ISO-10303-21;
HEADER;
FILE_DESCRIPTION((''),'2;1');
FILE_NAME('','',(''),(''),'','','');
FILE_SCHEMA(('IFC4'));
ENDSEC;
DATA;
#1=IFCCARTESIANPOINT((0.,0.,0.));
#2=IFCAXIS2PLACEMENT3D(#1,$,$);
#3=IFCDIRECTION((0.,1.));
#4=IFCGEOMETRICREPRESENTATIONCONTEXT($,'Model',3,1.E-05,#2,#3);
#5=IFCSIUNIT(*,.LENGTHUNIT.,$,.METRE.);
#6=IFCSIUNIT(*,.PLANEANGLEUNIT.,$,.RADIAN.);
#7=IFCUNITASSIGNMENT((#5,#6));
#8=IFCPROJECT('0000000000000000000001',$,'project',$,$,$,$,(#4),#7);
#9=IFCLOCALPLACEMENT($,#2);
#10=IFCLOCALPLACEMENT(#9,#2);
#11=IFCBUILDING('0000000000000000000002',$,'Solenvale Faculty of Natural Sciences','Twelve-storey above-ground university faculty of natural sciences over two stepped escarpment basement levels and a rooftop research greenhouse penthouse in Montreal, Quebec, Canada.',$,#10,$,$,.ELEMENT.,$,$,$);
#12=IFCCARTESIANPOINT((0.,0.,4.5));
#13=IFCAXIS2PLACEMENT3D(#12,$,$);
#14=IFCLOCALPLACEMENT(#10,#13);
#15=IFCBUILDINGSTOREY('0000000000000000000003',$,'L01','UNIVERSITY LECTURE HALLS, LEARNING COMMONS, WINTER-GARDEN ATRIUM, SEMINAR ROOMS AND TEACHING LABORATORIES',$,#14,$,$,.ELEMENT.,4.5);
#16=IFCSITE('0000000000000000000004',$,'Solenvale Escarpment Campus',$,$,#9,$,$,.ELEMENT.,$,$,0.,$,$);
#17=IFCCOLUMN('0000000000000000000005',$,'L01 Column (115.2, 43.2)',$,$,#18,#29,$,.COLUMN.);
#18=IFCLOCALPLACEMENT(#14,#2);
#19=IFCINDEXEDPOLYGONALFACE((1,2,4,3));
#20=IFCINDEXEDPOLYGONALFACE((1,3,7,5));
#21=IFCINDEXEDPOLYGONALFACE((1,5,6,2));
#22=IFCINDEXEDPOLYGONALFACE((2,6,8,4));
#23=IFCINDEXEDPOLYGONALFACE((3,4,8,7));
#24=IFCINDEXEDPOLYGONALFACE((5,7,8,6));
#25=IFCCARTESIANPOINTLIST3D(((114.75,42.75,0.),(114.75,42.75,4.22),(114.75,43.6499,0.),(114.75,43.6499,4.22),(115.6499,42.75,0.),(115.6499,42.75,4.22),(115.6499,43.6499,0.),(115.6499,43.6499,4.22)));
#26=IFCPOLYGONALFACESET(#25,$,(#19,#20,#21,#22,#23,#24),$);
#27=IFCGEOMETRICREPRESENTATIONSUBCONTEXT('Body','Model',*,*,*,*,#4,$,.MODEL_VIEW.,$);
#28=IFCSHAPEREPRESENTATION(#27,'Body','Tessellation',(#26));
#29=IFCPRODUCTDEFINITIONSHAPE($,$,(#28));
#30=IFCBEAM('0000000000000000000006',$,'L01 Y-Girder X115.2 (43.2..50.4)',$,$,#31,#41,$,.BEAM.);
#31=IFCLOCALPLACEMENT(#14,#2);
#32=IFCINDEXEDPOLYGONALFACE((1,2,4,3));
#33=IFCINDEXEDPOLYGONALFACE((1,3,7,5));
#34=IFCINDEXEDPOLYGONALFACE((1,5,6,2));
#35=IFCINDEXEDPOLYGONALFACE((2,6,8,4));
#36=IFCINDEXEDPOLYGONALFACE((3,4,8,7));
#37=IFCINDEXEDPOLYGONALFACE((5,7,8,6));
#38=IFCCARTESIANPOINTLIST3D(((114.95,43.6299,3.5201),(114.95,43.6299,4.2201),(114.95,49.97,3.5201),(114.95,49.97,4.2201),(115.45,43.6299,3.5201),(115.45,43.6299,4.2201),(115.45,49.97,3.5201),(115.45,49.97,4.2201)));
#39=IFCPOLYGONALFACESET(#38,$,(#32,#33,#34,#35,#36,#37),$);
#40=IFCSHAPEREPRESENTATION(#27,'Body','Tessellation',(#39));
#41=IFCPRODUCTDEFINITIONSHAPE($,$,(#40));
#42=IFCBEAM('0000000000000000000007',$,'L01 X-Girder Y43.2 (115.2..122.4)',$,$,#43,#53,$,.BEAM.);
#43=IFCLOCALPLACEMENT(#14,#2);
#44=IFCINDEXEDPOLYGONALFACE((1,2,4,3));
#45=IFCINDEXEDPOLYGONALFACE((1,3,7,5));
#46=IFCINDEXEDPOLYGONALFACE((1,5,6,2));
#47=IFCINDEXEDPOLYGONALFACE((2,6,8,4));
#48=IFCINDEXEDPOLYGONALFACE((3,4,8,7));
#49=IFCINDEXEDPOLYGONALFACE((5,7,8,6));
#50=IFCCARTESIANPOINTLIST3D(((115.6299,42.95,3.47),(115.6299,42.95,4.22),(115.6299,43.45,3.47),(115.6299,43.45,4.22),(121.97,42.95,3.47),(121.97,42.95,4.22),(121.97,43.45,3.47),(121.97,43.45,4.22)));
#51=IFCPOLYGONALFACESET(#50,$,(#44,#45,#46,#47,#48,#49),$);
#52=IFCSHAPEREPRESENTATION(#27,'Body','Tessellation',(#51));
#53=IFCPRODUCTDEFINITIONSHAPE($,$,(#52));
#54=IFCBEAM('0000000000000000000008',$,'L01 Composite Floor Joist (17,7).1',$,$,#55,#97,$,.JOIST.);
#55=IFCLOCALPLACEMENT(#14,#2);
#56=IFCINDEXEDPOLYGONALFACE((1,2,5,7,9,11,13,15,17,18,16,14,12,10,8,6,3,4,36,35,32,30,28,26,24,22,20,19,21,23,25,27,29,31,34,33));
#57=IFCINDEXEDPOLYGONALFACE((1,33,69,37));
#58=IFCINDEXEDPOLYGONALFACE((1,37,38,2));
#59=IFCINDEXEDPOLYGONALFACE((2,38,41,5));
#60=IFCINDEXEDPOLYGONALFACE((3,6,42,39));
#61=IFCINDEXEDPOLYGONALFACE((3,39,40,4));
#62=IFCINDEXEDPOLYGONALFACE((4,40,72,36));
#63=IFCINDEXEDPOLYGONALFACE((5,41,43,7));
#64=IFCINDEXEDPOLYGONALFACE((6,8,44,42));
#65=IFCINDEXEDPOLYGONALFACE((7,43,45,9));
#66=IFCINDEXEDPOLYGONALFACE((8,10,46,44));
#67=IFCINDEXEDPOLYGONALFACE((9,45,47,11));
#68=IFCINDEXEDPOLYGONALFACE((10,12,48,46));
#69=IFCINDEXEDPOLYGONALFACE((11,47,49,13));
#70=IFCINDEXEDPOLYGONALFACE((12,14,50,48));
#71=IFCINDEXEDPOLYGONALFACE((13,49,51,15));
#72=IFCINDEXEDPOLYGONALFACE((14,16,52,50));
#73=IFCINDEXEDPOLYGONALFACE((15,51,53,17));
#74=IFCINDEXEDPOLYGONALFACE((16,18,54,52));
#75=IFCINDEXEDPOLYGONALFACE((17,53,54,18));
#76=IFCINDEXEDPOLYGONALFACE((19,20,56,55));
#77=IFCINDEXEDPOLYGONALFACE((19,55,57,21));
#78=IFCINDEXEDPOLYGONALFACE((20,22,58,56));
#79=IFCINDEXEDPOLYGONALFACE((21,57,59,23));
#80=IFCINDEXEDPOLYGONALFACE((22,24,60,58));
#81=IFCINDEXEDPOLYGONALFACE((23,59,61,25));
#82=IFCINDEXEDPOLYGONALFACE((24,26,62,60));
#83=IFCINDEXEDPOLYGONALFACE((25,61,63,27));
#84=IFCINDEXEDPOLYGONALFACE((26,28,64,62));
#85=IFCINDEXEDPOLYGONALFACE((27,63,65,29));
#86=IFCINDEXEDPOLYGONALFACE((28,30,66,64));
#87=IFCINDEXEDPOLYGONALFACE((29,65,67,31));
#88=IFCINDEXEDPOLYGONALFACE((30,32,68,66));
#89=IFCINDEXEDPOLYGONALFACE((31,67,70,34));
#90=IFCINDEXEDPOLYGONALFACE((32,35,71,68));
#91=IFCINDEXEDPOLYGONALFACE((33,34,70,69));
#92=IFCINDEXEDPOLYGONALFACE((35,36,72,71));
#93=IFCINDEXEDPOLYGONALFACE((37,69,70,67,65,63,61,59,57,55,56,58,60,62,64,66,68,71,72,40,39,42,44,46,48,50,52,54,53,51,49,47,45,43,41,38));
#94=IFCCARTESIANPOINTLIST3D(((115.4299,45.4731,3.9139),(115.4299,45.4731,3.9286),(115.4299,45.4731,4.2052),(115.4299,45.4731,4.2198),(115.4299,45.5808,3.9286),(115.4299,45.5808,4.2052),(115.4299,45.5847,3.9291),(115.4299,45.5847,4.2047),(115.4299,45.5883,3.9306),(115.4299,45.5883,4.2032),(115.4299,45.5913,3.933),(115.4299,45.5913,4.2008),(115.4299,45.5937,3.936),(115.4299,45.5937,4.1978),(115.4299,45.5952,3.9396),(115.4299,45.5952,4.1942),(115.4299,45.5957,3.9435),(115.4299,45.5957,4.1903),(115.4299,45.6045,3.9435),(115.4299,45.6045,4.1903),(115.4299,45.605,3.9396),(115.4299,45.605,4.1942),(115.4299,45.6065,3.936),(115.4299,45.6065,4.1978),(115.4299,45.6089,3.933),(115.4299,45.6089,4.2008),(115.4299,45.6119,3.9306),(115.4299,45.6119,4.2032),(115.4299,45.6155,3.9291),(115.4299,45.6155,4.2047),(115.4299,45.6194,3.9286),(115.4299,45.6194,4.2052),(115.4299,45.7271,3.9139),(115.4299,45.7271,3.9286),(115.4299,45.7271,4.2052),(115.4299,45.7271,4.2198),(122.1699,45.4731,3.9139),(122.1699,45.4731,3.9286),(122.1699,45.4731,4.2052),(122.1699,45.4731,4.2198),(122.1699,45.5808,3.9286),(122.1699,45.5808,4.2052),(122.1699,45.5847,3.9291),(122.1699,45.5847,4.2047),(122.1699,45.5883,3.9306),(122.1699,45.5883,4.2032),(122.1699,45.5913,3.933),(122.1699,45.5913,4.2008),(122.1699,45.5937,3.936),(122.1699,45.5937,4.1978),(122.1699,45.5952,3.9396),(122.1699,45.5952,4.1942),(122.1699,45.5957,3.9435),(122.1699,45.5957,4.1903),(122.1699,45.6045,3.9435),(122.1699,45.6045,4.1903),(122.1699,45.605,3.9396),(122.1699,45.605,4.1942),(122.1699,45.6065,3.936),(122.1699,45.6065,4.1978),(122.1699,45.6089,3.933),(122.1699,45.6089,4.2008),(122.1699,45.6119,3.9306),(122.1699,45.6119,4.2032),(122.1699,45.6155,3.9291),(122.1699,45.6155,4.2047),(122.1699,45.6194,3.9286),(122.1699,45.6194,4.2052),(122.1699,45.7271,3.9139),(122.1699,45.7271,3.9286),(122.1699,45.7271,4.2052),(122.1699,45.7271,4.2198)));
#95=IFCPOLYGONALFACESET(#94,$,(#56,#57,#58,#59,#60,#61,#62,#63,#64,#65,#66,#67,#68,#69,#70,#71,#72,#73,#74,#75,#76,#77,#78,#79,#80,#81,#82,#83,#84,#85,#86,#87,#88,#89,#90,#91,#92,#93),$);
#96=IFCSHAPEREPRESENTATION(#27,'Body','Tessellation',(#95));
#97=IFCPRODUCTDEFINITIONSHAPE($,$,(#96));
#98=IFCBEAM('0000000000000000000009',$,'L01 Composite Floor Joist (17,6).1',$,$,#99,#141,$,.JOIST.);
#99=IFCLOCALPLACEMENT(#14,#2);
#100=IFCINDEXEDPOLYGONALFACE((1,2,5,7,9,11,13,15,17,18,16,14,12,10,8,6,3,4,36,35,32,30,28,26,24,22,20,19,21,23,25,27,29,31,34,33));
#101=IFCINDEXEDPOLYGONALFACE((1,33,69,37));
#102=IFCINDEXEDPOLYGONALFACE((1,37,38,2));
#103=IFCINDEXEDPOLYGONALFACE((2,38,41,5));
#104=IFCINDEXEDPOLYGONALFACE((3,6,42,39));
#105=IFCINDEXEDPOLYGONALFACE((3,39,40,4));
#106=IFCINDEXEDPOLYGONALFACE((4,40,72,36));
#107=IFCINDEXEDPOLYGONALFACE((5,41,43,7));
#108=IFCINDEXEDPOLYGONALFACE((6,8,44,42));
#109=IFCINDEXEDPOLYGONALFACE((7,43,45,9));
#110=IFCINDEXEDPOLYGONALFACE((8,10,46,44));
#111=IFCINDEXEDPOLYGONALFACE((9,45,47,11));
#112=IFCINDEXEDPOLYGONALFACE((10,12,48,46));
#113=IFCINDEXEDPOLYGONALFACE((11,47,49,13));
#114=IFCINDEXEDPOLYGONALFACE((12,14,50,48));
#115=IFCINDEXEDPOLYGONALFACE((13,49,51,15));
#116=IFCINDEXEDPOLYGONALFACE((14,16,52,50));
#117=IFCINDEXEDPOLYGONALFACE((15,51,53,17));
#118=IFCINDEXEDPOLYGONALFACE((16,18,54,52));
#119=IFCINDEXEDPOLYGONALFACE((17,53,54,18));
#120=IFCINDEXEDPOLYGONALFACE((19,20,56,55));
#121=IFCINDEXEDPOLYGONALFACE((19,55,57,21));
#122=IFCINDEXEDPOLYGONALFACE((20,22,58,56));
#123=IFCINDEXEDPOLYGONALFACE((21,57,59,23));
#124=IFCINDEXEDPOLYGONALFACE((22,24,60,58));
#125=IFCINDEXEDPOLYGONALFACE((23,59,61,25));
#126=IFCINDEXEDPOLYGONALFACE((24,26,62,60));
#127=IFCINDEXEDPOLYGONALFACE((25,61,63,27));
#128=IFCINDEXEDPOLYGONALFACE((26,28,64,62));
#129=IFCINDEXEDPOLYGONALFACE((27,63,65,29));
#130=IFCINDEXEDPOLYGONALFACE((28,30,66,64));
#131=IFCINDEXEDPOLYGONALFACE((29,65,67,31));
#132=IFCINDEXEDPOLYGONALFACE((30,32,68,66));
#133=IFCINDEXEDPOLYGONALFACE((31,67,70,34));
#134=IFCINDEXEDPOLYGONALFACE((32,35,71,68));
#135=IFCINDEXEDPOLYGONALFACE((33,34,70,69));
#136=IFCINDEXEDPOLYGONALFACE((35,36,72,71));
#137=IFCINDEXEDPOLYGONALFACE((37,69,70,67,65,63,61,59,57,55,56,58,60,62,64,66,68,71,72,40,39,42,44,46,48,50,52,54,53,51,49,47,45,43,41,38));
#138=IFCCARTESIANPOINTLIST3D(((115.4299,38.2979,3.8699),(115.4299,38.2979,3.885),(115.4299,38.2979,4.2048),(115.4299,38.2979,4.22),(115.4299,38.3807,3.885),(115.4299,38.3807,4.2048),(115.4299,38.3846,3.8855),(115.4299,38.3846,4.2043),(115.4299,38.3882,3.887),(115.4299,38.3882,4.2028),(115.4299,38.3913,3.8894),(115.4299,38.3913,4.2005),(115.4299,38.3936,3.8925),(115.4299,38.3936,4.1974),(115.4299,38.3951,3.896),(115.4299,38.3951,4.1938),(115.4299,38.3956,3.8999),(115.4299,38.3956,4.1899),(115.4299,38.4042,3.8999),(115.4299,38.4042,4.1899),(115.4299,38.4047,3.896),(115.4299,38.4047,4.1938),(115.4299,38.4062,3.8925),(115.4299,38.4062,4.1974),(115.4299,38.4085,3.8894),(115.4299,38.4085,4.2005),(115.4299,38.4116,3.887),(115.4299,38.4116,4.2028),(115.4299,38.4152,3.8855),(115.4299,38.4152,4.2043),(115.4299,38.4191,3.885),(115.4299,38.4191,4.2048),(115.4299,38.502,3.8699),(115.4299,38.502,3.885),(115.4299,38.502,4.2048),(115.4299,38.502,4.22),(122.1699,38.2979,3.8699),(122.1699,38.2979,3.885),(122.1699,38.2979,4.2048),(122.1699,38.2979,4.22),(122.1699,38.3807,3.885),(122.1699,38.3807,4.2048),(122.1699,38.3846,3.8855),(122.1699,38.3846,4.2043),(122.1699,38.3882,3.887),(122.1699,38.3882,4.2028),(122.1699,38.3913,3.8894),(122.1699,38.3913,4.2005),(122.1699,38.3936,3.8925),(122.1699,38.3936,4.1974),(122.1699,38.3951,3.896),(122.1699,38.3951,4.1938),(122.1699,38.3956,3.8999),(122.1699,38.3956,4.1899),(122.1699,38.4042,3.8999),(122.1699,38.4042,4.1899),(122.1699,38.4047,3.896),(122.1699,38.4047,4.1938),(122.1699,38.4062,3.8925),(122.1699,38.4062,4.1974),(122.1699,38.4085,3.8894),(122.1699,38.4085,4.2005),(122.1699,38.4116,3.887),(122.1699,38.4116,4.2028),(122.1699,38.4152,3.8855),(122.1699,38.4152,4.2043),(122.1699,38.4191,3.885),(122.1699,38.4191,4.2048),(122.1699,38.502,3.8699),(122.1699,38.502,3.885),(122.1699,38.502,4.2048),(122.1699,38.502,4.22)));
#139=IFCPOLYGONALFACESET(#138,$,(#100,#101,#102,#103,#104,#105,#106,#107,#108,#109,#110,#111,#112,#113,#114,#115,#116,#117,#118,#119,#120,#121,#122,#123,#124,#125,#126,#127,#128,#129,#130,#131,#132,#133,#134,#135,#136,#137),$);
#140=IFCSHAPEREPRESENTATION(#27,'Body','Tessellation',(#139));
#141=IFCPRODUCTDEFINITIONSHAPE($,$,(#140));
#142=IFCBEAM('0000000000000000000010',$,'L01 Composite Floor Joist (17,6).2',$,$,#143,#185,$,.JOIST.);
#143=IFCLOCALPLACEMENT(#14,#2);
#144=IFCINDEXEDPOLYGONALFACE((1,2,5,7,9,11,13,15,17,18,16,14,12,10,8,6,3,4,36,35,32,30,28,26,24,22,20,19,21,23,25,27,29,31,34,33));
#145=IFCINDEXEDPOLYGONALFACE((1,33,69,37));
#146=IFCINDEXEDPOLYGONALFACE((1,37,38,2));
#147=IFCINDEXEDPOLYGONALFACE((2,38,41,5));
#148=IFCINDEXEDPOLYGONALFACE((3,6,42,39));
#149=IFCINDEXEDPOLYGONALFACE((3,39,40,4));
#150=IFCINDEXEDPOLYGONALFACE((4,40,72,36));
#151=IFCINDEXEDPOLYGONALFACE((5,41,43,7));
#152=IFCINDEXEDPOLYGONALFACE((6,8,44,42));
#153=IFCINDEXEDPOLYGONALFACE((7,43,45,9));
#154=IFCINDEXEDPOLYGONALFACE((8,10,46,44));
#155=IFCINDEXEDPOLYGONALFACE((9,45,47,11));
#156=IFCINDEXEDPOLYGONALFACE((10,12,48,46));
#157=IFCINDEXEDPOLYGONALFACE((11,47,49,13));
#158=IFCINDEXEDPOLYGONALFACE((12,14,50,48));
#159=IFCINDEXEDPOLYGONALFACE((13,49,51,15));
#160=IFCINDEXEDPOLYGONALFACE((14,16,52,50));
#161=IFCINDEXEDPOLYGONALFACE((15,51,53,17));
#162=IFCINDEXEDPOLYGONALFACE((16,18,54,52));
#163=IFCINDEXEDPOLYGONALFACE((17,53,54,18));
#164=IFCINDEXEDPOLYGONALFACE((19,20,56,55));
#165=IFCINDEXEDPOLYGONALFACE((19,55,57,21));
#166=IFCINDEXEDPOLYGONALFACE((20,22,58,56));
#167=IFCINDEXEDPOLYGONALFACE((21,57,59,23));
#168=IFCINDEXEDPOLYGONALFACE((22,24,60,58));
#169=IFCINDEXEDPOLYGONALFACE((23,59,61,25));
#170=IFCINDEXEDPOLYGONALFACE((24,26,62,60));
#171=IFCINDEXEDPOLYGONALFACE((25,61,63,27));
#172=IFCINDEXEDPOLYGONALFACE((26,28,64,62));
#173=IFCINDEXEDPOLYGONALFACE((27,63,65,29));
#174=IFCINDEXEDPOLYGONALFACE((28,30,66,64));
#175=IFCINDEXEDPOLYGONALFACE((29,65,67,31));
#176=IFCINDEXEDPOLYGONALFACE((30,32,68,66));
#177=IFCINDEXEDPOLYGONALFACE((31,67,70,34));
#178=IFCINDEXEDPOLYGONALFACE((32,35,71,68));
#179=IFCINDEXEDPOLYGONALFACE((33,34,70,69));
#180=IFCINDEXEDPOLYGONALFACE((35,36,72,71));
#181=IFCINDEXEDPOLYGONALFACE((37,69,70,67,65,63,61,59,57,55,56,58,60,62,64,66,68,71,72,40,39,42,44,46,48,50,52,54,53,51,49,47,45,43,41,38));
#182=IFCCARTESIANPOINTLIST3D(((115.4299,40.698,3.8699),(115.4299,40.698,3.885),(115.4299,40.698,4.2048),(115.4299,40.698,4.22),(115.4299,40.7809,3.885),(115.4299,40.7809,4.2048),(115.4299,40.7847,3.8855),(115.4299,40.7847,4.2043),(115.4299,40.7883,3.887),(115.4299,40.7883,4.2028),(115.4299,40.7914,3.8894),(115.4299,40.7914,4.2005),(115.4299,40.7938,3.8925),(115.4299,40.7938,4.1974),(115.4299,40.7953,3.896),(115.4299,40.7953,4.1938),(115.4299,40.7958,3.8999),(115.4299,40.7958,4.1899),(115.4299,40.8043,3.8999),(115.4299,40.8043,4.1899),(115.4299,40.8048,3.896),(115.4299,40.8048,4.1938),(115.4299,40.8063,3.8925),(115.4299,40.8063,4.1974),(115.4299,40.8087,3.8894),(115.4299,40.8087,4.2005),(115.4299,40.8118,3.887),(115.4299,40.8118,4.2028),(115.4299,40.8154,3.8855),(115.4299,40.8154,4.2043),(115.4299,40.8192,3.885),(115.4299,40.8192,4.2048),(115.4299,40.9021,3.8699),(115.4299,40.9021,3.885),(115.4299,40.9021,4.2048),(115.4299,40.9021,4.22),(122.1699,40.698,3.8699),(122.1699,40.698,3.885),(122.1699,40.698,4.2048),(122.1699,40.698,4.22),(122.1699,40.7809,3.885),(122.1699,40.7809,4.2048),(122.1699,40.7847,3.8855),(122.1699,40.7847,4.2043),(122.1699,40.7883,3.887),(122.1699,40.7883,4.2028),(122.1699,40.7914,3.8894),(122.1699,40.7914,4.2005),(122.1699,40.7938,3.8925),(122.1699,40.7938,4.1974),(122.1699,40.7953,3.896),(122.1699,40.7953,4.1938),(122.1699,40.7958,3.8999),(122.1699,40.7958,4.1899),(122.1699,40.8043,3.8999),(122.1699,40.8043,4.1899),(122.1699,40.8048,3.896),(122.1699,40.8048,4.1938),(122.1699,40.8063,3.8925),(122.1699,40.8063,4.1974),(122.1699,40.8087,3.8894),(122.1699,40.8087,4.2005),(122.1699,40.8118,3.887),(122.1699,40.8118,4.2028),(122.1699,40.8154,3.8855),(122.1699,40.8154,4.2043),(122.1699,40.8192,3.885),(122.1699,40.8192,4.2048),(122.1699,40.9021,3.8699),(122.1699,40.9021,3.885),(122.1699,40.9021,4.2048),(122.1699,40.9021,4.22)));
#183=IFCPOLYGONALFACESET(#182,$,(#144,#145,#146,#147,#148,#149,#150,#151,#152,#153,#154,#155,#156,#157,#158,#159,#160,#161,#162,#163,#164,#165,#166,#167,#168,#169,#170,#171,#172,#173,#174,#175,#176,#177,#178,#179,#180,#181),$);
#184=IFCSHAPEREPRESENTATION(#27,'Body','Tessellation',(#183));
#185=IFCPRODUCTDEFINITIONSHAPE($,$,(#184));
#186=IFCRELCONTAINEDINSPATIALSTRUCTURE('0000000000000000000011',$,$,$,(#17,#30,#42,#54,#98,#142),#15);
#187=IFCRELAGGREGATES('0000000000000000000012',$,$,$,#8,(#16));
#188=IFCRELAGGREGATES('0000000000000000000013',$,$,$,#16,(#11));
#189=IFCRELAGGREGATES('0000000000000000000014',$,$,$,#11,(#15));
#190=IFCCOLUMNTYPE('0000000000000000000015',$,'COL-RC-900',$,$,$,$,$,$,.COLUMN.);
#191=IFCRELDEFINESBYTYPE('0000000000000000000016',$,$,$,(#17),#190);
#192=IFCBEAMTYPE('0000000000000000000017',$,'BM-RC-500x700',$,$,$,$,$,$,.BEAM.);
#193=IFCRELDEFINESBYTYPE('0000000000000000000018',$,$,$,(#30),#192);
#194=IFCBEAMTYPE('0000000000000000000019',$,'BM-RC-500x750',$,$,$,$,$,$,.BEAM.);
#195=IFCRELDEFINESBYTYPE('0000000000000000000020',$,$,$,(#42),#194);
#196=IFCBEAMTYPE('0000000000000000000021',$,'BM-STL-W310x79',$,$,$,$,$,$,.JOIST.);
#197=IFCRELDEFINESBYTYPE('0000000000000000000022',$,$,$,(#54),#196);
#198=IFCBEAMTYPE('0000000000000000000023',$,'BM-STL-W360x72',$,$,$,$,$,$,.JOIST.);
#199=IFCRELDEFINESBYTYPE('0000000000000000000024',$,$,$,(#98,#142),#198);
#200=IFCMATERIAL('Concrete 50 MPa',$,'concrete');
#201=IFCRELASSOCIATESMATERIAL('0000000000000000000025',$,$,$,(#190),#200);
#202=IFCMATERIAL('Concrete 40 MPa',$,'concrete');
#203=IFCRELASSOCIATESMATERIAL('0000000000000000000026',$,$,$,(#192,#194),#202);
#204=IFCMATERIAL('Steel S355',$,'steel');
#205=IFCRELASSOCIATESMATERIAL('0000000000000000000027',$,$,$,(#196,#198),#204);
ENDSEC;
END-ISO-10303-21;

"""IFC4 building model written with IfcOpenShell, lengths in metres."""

from ifc_helpers import new_model, si_unit, direction, frame, origin, origin_2d, place, context, subcontext, project, spatial, rectangle, i_section, extrude, material, material_profile, profile_set, type_object, element, save


model = new_model("IFC4")

# Units and contexts
model_context = context("Model", 3, precision=1e-05, world=origin(), true_north=direction((0.0, 1.0)))
body_context = subcontext(model_context, "Body", "Model", "MODEL_VIEW")
ifc_project = project(units=[si_unit("LENGTHUNIT", "METRE"), si_unit("PLANEANGLEUNIT", "RADIAN")], contexts=[model_context])

# Site, building, storey
site_placement = place(None, origin())
site = spatial("IfcSite", under=ifc_project, at=site_placement, Name="Solenvale Escarpment Campus", CompositionType="ELEMENT", RefElevation=0.0)
building_placement = place(site_placement, origin())
building = spatial("IfcBuilding", under=site, at=building_placement, Name="Solenvale Faculty of Natural Sciences", Description="Twelve-storey above-ground university faculty of natural sciences over two stepped escarpment basement levels and a rooftop research greenhouse penthouse in Montreal, Quebec, Canada.", CompositionType="ELEMENT")
storey_placement = place(building_placement, frame((0.0, 0.0, 4.5)))
storey = spatial("IfcBuildingStorey", under=building, at=storey_placement, Name="L01", Description="UNIVERSITY LECTURE HALLS, LEARNING COMMONS, WINTER-GARDEN ATRIUM, SEMINAR ROOMS AND TEACHING LABORATORIES", CompositionType="ELEMENT", Elevation=4.5)

# Column
ifc_material_1 = material(Name="Concrete 50 MPa", Category="concrete")
ifc_material_profile_1 = material_profile(ifc_material_1, rectangle(XDim=0.8999, YDim=0.8999, at=origin_2d()), Name="RC-COL-900x900")
ifc_profile_set_1 = profile_set([ifc_material_profile_1], Name="Concrete 50 MPa")
column_type = type_object("IfcColumnType", Name="COL-RC-900", PredefinedType="COLUMN", material=ifc_profile_set_1)
column_placement = place(storey_placement, frame((115.2, 43.2, 0.0), z_axis=(0.0, 0.0, 1.0), x_axis=(1.0, 0.0, 0.0)))
element("IfcColumn", 1, at=column_placement, inside=storey, type_object=column_type, Name="L01 Column (115.2, 43.2)", PredefinedType="COLUMN", context=body_context, shape_type="SweptSolid", body=[
    extrude(rectangle(XDim=0.8999, YDim=0.8999, at=origin_2d()), origin(), (0.0, 0.0, 1.0), 4.22),
])

# Beams
ifc_material_2 = material(Name="Concrete 40 MPa", Category="concrete")
ifc_material_profile_2 = material_profile(ifc_material_2, rectangle(XDim=0.5, YDim=0.7, at=origin_2d()), Name="RC-BM-500x700")
ifc_profile_set_2 = profile_set([ifc_material_profile_2], Name="Concrete 40 MPa")
beam_type_1 = type_object("IfcBeamType", Name="BM-RC-500x700", PredefinedType="BEAM", material=ifc_profile_set_2)
beam_1_placement = place(storey_placement, frame((115.2, 43.6299, 3.8701), z_axis=(0.0, 1.0, 0.0), x_axis=(-1.0, 0.0, 0.0)))
element("IfcBeam", 2, at=beam_1_placement, inside=storey, type_object=beam_type_1, Name="L01 Y-Girder X115.2 (43.2..50.4)", PredefinedType="BEAM", context=body_context, shape_type="SweptSolid", body=[
    extrude(rectangle(XDim=0.5, YDim=0.7, at=origin_2d()), origin(), (0.0, 0.0, 1.0), 6.3401),
])
ifc_material_profile_3 = material_profile(ifc_material_2, rectangle(XDim=0.5, YDim=0.75, at=origin_2d()), Name="RC-BM-500x750")
ifc_profile_set_3 = profile_set([ifc_material_profile_3], Name="Concrete 40 MPa")
beam_type_2 = type_object("IfcBeamType", Name="BM-RC-500x750", PredefinedType="BEAM", material=ifc_profile_set_3)
beam_2_placement = place(storey_placement, frame((115.6299, 43.2, 3.845), z_axis=(1.0, 0.0, 0.0), x_axis=(0.0, 1.0, 0.0)))
element("IfcBeam", 3, at=beam_2_placement, inside=storey, type_object=beam_type_2, Name="L01 X-Girder Y43.2 (115.2..122.4)", PredefinedType="BEAM", context=body_context, shape_type="SweptSolid", body=[
    extrude(rectangle(XDim=0.5, YDim=0.75, at=origin_2d()), origin(), (0.0, 0.0, 1.0), 6.3401),
])
ifc_material_3 = material(Name="Steel S355", Category="steel")
ifc_material_profile_4 = material_profile(ifc_material_3, i_section(OverallWidth=0.2539, OverallDepth=0.3059, WebThickness=0.0088, FlangeThickness=0.0146, FilletRadius=0.0149, at=origin_2d()), Name="W310x79")
ifc_profile_set_4 = profile_set([ifc_material_profile_4], Name="Steel S355")
beam_type_3 = type_object("IfcBeamType", Name="BM-STL-W310x79", PredefinedType="JOIST", material=ifc_profile_set_4)
beam_3_placement = place(storey_placement, frame((115.4299, 45.6001, 4.0669), z_axis=(1.0, 0.0, 0.0), x_axis=(0.0, 1.0, 0.0)))
element("IfcBeam", 4, at=beam_3_placement, inside=storey, type_object=beam_type_3, Name="L01 Composite Floor Joist (17,7).1", PredefinedType="JOIST", context=body_context, shape_type="SweptSolid", body=[
    extrude(i_section(OverallWidth=0.2539, OverallDepth=0.3059, WebThickness=0.0088, FlangeThickness=0.0146, FilletRadius=0.0149, at=origin_2d()), origin(), (0.0, 0.0, 1.0), 6.74),
])
ifc_material_profile_5 = material_profile(ifc_material_3, i_section(OverallWidth=0.2041, OverallDepth=0.3501, WebThickness=0.0085, FlangeThickness=0.0151, FilletRadius=0.0149, at=origin_2d()), Name="W360x72")
ifc_profile_set_5 = profile_set([ifc_material_profile_5], Name="Steel S355")
beam_type_4 = type_object("IfcBeamType", Name="BM-STL-W360x72", PredefinedType="JOIST", material=ifc_profile_set_5)
for number, where, z_axis, x_axis, name in (
    (5, (115.4299, 38.3999, 4.0449), (1.0, 0.0, 0.0), (0.0, 1.0, 0.0), "L01 Composite Floor Joist (17,6).1"),
    (6, (115.4299, 40.8, 4.0449), (1.0, 0.0, 0.0), (0.0, 1.0, 0.0), "L01 Composite Floor Joist (17,6).2"),
):
    element("IfcBeam", number, at=place(storey_placement, frame(where, z_axis=z_axis, x_axis=x_axis)), inside=storey, type_object=beam_type_4, Name=name, PredefinedType="JOIST", context=body_context, shape_type="SweptSolid", body=[
        extrude(i_section(OverallWidth=0.2041, OverallDepth=0.3501, WebThickness=0.0085, FlangeThickness=0.0151, FilletRadius=0.0149, at=origin_2d()), origin(), (0.0, 0.0, 1.0), 6.74),
    ])

save(model, "model.ifc")
